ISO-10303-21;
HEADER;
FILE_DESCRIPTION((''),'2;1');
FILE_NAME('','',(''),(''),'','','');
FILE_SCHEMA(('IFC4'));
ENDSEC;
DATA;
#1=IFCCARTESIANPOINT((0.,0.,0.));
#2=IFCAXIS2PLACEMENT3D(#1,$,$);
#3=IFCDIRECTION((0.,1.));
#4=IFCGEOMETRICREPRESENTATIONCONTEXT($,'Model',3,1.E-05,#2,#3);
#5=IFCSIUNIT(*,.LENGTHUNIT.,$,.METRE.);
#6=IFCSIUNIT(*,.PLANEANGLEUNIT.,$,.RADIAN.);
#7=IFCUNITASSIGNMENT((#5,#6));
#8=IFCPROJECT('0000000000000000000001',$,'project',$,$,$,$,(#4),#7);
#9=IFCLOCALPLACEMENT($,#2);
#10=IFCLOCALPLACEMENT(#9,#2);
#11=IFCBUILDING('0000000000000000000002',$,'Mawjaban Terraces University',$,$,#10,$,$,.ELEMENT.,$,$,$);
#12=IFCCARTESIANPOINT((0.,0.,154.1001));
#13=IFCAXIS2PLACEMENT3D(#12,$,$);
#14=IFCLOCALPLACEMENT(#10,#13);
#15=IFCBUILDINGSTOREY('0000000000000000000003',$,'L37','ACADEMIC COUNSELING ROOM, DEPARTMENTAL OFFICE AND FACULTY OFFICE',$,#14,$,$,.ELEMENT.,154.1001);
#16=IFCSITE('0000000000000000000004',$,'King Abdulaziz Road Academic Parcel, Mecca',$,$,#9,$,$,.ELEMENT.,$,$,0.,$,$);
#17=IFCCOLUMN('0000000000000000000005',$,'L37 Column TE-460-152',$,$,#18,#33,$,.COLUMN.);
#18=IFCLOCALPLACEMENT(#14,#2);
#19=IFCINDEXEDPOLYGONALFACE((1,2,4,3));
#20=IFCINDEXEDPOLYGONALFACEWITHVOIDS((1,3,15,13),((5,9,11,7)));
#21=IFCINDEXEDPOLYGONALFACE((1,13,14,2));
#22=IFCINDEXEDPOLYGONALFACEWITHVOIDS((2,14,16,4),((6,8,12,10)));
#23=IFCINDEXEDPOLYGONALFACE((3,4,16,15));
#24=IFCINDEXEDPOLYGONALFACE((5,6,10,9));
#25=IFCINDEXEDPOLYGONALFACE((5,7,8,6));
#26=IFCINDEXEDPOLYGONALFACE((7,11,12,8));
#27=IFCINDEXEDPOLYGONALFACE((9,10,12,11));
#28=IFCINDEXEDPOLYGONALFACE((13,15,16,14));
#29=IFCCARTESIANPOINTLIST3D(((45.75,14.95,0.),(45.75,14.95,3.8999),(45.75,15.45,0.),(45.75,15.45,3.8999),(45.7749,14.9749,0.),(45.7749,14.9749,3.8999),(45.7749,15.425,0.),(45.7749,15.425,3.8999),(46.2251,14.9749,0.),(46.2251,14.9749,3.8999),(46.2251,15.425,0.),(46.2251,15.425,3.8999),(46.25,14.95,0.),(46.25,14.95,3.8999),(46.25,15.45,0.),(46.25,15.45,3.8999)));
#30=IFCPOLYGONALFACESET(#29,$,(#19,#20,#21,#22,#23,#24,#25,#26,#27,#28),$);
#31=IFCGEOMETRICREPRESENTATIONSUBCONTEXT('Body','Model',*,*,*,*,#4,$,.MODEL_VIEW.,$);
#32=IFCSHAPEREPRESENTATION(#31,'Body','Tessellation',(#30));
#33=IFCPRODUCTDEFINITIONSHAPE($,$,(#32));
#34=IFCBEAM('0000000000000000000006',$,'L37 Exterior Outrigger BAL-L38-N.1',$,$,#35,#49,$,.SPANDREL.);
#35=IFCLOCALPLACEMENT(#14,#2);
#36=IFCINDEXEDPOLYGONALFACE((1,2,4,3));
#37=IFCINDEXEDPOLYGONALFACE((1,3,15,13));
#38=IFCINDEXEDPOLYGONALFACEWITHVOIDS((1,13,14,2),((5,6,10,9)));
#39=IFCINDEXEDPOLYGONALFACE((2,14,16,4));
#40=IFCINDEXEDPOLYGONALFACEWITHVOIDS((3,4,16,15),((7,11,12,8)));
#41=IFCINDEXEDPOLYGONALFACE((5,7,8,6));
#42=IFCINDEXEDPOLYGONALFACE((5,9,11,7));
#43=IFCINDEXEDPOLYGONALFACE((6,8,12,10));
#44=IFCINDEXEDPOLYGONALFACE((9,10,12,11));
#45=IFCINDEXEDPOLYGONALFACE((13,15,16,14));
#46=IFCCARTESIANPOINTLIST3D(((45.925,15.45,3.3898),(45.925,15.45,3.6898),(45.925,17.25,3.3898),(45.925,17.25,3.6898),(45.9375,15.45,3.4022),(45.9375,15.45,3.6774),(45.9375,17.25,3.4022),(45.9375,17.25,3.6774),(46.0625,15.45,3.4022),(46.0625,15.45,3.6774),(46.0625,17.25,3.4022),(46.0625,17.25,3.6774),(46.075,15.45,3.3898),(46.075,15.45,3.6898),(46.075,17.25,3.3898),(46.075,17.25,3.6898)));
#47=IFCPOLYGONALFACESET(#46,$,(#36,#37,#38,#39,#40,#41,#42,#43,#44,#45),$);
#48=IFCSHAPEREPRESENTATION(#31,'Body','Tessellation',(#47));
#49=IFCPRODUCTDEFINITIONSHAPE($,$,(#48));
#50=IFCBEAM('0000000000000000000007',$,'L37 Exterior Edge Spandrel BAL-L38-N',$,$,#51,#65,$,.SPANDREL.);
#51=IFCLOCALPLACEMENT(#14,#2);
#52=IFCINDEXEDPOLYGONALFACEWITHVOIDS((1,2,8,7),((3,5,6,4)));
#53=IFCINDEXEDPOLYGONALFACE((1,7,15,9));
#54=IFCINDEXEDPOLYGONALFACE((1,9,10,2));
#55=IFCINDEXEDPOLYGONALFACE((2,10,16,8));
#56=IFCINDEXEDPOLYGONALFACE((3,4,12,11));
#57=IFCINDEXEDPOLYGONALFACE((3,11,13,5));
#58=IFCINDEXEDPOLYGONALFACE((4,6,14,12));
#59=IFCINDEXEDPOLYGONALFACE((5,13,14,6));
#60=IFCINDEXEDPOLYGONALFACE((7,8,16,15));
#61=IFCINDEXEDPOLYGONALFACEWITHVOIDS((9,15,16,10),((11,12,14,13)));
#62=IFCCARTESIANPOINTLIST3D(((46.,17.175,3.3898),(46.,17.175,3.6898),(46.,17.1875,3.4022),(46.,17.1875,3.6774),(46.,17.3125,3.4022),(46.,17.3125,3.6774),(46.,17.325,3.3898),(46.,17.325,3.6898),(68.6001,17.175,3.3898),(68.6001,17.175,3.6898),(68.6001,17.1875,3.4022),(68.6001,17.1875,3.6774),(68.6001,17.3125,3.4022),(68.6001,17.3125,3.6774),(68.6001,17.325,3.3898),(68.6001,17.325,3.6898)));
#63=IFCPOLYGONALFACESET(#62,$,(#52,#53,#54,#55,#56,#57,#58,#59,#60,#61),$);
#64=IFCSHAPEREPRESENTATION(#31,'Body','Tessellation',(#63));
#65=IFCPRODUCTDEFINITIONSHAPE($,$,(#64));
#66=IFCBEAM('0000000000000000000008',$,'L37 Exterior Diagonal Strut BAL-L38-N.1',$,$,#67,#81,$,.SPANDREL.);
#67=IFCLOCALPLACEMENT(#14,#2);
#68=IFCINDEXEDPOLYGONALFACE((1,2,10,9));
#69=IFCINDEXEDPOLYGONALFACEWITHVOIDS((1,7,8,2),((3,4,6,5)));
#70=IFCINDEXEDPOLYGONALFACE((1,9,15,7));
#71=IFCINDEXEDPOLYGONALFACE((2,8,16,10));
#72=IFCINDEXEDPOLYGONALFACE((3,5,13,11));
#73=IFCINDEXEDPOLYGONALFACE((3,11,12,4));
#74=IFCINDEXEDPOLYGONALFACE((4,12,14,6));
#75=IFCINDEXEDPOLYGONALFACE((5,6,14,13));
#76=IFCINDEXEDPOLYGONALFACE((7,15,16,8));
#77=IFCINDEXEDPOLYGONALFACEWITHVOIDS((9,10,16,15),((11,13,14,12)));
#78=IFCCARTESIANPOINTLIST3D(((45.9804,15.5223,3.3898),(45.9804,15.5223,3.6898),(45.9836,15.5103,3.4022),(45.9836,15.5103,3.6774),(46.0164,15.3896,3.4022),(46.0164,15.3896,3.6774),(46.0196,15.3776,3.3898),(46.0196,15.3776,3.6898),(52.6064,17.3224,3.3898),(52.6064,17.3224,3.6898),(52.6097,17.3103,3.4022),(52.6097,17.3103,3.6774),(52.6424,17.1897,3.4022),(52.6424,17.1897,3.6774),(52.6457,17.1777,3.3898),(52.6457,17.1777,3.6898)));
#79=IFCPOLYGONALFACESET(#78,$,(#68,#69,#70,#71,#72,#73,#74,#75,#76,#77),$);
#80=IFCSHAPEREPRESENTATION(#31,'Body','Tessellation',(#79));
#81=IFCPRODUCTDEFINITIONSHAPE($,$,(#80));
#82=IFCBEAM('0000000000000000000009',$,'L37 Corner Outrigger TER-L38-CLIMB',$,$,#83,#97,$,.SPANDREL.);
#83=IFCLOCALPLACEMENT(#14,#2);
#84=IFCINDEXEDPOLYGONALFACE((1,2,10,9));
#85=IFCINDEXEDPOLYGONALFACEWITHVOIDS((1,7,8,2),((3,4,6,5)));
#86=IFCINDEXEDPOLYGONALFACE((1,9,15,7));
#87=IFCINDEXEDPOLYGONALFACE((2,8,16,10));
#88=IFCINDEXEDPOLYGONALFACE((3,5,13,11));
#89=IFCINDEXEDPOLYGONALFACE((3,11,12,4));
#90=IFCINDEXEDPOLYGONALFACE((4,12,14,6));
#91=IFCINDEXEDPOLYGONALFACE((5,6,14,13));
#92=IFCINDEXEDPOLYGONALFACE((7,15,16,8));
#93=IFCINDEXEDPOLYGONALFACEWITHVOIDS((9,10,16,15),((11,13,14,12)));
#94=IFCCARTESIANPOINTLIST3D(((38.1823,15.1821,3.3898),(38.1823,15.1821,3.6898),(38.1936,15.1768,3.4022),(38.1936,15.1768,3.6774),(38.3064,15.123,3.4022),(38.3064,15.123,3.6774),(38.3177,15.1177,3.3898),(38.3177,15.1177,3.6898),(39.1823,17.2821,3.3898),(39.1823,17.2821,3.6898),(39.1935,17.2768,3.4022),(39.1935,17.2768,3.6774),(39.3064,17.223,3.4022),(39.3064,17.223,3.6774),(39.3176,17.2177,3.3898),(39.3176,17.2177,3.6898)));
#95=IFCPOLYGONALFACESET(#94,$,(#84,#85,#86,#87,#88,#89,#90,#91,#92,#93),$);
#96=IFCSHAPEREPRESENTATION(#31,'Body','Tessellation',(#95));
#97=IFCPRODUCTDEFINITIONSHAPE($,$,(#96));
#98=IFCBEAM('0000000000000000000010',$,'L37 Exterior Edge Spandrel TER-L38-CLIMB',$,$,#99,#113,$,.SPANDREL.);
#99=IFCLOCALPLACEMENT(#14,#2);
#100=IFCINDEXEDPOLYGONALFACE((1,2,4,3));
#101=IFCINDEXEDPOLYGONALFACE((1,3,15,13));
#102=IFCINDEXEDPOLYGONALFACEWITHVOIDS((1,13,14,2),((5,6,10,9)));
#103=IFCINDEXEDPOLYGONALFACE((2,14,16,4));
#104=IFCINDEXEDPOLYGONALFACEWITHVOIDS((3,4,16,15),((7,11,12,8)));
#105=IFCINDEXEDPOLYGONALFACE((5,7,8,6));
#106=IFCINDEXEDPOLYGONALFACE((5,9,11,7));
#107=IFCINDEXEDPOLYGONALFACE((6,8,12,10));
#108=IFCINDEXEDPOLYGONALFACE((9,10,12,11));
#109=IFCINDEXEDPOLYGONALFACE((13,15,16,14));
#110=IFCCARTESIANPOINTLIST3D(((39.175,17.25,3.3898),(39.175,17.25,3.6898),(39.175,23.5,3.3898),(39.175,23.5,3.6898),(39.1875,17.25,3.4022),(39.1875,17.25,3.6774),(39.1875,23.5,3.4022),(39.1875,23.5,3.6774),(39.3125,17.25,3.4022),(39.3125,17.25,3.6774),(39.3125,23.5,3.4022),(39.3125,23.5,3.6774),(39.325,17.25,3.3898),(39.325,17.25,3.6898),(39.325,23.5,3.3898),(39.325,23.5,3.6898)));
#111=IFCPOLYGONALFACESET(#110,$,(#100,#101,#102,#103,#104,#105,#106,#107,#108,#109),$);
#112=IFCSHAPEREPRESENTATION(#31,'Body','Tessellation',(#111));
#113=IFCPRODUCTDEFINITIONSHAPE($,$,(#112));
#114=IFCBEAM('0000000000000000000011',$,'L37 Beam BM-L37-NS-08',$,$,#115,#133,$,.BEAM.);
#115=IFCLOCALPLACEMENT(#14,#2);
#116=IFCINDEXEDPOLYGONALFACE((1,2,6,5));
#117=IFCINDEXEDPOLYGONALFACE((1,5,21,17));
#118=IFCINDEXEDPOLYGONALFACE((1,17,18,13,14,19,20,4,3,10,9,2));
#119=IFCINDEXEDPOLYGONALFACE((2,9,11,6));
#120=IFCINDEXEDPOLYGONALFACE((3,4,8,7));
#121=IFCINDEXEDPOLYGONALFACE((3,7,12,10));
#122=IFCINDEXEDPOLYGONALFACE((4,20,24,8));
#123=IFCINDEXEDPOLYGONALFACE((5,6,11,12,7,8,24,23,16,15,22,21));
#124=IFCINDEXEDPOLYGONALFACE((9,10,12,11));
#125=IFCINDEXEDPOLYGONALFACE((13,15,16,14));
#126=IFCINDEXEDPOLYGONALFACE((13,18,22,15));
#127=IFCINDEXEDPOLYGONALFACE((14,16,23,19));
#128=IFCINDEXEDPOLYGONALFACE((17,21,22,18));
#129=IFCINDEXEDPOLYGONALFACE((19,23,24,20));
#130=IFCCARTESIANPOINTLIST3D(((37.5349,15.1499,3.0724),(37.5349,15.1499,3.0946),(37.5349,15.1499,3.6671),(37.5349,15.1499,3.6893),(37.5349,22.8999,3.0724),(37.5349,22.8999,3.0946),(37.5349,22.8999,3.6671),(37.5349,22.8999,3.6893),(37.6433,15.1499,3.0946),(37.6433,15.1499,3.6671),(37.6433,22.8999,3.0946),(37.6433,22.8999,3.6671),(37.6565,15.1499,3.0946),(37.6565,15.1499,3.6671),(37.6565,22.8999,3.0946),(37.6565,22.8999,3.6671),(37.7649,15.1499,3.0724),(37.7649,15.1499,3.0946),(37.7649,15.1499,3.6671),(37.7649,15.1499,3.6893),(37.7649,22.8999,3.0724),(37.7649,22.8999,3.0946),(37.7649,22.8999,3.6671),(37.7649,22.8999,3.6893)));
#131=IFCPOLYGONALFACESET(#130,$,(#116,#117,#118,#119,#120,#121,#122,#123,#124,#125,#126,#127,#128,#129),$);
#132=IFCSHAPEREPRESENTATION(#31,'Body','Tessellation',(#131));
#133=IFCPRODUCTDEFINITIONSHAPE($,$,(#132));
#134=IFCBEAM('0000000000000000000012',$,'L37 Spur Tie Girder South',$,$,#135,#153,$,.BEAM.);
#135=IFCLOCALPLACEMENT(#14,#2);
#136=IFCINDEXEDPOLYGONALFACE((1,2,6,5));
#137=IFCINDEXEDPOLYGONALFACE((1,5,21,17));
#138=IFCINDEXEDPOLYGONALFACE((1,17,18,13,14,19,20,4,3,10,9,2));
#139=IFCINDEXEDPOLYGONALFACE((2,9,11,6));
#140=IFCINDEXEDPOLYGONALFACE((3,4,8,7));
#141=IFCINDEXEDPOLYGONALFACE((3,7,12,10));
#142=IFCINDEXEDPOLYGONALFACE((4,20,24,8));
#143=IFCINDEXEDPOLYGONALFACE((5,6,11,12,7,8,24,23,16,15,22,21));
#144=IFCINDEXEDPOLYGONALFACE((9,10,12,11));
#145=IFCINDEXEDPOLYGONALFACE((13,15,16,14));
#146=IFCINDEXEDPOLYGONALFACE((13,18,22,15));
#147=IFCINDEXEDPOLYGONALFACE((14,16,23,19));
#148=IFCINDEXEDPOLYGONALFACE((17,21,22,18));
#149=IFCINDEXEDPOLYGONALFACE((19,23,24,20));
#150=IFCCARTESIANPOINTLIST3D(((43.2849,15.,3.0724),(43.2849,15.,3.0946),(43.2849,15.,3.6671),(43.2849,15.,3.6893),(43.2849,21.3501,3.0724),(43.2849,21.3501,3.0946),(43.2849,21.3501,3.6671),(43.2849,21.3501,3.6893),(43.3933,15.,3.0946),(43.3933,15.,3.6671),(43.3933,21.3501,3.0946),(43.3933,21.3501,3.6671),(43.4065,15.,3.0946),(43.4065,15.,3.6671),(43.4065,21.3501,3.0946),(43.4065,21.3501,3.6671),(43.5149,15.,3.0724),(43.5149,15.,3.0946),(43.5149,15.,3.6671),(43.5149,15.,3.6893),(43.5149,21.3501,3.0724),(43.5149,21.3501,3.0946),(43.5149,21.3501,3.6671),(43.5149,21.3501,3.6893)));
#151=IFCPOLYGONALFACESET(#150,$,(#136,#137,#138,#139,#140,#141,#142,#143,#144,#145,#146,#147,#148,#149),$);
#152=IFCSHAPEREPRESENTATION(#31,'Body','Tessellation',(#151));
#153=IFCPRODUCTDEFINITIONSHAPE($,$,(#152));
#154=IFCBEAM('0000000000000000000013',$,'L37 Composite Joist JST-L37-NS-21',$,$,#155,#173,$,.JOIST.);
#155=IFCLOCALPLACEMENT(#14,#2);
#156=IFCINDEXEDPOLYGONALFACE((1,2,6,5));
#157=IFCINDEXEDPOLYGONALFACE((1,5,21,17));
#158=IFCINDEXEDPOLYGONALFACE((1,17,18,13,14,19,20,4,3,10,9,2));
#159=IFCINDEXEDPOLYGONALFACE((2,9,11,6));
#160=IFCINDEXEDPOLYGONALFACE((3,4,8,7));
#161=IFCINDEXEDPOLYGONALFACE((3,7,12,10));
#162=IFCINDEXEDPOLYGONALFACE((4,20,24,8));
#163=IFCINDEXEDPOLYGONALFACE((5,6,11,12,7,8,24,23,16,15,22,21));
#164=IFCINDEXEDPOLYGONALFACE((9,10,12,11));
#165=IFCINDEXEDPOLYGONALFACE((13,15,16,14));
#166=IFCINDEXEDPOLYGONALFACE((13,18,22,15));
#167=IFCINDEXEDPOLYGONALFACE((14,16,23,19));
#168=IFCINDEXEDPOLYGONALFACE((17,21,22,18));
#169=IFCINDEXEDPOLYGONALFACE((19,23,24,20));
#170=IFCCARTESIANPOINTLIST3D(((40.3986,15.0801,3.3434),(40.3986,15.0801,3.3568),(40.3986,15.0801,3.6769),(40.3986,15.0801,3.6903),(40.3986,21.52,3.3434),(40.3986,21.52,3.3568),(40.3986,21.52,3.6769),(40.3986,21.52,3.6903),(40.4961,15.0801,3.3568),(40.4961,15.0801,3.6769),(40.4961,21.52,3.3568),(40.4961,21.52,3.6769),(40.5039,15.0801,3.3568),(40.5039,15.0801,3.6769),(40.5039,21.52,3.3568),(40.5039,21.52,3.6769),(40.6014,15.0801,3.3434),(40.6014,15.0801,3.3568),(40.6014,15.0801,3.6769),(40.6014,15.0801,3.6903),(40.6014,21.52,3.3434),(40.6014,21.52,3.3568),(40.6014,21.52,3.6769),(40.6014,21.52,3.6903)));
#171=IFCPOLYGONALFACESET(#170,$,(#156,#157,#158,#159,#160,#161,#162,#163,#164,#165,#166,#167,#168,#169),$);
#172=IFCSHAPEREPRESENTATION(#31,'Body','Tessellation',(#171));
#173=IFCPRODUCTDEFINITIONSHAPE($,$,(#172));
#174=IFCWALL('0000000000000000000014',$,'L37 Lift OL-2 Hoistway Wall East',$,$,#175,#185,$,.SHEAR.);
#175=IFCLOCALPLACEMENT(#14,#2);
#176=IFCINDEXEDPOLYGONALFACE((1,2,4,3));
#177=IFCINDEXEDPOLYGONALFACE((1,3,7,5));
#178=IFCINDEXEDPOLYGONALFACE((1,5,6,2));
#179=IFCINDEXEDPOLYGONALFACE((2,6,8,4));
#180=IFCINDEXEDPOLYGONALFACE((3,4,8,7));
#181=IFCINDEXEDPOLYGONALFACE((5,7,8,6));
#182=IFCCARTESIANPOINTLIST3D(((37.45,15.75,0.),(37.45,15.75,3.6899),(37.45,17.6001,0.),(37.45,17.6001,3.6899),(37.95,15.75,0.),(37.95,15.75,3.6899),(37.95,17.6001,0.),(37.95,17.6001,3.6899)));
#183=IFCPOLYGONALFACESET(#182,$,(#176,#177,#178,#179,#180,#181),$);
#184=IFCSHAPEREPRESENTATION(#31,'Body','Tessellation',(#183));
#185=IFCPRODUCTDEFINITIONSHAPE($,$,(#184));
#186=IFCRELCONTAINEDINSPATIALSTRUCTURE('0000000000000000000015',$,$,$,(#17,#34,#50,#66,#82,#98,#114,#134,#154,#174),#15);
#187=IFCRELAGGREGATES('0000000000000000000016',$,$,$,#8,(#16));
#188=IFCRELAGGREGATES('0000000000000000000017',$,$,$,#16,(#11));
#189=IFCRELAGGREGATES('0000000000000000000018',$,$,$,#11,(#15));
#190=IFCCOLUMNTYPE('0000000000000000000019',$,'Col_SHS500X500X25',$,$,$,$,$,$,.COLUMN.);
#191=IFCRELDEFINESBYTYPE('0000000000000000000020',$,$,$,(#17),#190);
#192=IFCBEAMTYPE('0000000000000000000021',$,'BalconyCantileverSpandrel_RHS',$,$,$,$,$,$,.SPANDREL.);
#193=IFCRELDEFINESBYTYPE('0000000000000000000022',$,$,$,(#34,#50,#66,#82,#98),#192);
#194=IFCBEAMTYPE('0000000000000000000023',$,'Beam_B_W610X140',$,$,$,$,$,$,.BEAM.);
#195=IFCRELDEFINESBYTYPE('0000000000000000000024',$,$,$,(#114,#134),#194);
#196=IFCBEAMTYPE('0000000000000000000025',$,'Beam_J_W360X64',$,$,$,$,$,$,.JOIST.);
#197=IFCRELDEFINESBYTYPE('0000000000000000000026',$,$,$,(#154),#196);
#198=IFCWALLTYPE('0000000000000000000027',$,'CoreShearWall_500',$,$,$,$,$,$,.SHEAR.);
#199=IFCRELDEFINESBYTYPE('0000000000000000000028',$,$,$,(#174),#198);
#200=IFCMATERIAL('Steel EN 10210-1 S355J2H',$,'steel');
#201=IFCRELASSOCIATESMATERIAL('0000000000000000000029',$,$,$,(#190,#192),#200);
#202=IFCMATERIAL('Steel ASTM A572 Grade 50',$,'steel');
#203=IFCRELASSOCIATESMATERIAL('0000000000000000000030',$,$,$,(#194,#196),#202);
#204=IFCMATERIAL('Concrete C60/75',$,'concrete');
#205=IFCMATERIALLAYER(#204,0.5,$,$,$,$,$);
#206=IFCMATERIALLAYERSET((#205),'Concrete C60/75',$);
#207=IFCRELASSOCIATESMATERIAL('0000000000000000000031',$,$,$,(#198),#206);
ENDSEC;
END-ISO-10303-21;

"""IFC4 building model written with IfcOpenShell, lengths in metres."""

from ifc_helpers import new_model, si_unit, direction, frame, frame_2d, origin, origin_2d, place, context, subcontext, project, spatial, rectangle, hollow_rectangle, i_section, extrude, material, layer, layer_set, material_profile, profile_set, type_object, element, save


model = new_model("IFC4")

# Units and contexts
model_context = context("Model", 3, precision=1e-05, world=origin(), true_north=direction((0.0, 1.0)))
body_context = subcontext(model_context, "Body", "Model", "MODEL_VIEW")
ifc_project = project(units=[si_unit("LENGTHUNIT", "METRE"), si_unit("PLANEANGLEUNIT", "RADIAN")], contexts=[model_context])

# Site, building, storey
site_placement = place(None, origin())
site = spatial("IfcSite", under=ifc_project, at=site_placement, Name="King Abdulaziz Road Academic Parcel, Mecca", CompositionType="ELEMENT", RefElevation=0.0)
building_placement = place(site_placement, origin())
building = spatial("IfcBuilding", under=site, at=building_placement, Name="Mawjaban Terraces University", CompositionType="ELEMENT")
storey_placement = place(building_placement, frame((0.0, 0.0, 154.1001)))
storey = spatial("IfcBuildingStorey", under=building, at=storey_placement, Name="L37", Description="ACADEMIC COUNSELING ROOM, DEPARTMENTAL OFFICE AND FACULTY OFFICE", CompositionType="ELEMENT", Elevation=154.1001)

# Column
ifc_material_1 = material(Name="Steel EN 10210-1 S355J2H", Category="steel")
ifc_material_profile_1 = material_profile(ifc_material_1, hollow_rectangle(XDim=0.5, YDim=0.5, WallThickness=0.0249, at=origin_2d()), Name="SHS500X500X25")
ifc_profile_set_1 = profile_set([ifc_material_profile_1], Name="Steel EN 10210-1 S355J2H")
column_type = type_object("IfcColumnType", Name="Col_SHS500X500X25", PredefinedType="COLUMN", material=ifc_profile_set_1)
column_placement = place(storey_placement, frame((46.0, 15.2, 0.0), z_axis=(0.0, 0.0, 1.0), x_axis=(1.0, 0.0, 0.0)))
element("IfcColumn", 1, at=column_placement, inside=storey, type_object=column_type, Name="L37 Column TE-460-152", PredefinedType="COLUMN", context=body_context, shape_type="SweptSolid", body=[
    extrude(hollow_rectangle(XDim=0.5, YDim=0.5, WallThickness=0.0249, at=origin_2d()), origin(), (0.0, 0.0, 1.0), 3.8999),
])

# Beams
ifc_material_profile_2 = material_profile(ifc_material_1, hollow_rectangle(XDim=0.1499, YDim=0.3, WallThickness=0.0125, at=origin_2d()), Name="RHS300X150X12.5")
ifc_profile_set_2 = profile_set([ifc_material_profile_2], Name="Steel EN 10210-1 S355J2H")
beam_type_1 = type_object("IfcBeamType", Name="BalconyCantileverSpandrel_RHS", PredefinedType="SPANDREL", material=ifc_profile_set_2)
beam_1_placement = place(storey_placement, frame((46.0, 15.45, 3.5398), z_axis=(0.0, 1.0, 0.0), x_axis=(-1.0, 0.0, 0.0)))
element("IfcBeam", 2, at=beam_1_placement, inside=storey, type_object=beam_type_1, Name="L37 Exterior Outrigger BAL-L38-N.1", PredefinedType="SPANDREL", context=body_context, shape_type="SweptSolid", body=[
    extrude(hollow_rectangle(XDim=0.1499, YDim=0.3, WallThickness=0.0125, at=origin_2d()), origin(), (0.0, 0.0, 1.0), 1.8),
])
beam_2_placement = place(storey_placement, frame((46.0, 17.25, 3.5398), z_axis=(1.0, 0.0, 0.0), x_axis=(0.0, 1.0, 0.0)))
element("IfcBeam", 3, at=beam_2_placement, inside=storey, type_object=beam_type_1, Name="L37 Exterior Edge Spandrel BAL-L38-N", PredefinedType="SPANDREL", context=body_context, shape_type="SweptSolid", body=[
    extrude(hollow_rectangle(XDim=0.1499, YDim=0.3, WallThickness=0.0125, at=origin_2d()), origin(), (0.0, 0.0, 1.0), 22.6001),
])
beam_3_placement = place(storey_placement, frame((46.0, 15.45, 3.5398), z_axis=(0.965023, 0.262164, 0.0), x_axis=(-0.262164, 0.965023, 0.0)))
element("IfcBeam", 4, at=beam_3_placement, inside=storey, type_object=beam_type_1, Name="L37 Exterior Diagonal Strut BAL-L38-N.1", PredefinedType="SPANDREL", context=body_context, shape_type="SweptSolid", body=[
    extrude(hollow_rectangle(XDim=0.1499, YDim=0.3, WallThickness=0.0125, at=origin_2d()), origin(), (0.0, 0.0, 1.0), 6.8662),
])
beam_4_placement = place(storey_placement, frame((38.25, 15.1499, 3.5398), z_axis=(0.429917, 0.902868, 0.0), x_axis=(-0.902868, 0.429917, 0.0)))
element("IfcBeam", 5, at=beam_4_placement, inside=storey, type_object=beam_type_1, Name="L37 Corner Outrigger TER-L38-CLIMB", PredefinedType="SPANDREL", context=body_context, shape_type="SweptSolid", body=[
    extrude(hollow_rectangle(XDim=0.1499, YDim=0.3, WallThickness=0.0125, at=origin_2d()), origin(), (0.0, 0.0, 1.0), 2.3259),
])
beam_5_placement = place(storey_placement, frame((39.25, 17.25, 3.5398), z_axis=(0.0, 1.0, 0.0), x_axis=(-1.0, 0.0, 0.0)))
element("IfcBeam", 6, at=beam_5_placement, inside=storey, type_object=beam_type_1, Name="L37 Exterior Edge Spandrel TER-L38-CLIMB", PredefinedType="SPANDREL", context=body_context, shape_type="SweptSolid", body=[
    extrude(hollow_rectangle(XDim=0.1499, YDim=0.3, WallThickness=0.0125, at=origin_2d()), origin(), (0.0, 0.0, 1.0), 6.25),
])
ifc_material_2 = material(Name="Steel ASTM A572 Grade 50", Category="steel")
ifc_material_profile_3 = material_profile(ifc_material_2, i_section(OverallWidth=0.23, OverallDepth=0.6169, WebThickness=0.0132, FlangeThickness=0.0222, at=origin_2d()), Name="W610X140")
ifc_profile_set_3 = profile_set([ifc_material_profile_3], Name="Steel ASTM A572 Grade 50")
beam_type_2 = type_object("IfcBeamType", Name="Beam_B_W610X140", PredefinedType="BEAM", material=ifc_profile_set_3)
beam_6_placement = place(storey_placement, frame((37.6499, 15.1499, 3.3809), z_axis=(0.0, 1.0, 0.0), x_axis=(-1.0, 0.0, 0.0)))
element("IfcBeam", 7, at=beam_6_placement, inside=storey, type_object=beam_type_2, Name="L37 Beam BM-L37-NS-08", PredefinedType="BEAM", context=body_context, shape_type="SweptSolid", body=[
    extrude(i_section(OverallWidth=0.23, OverallDepth=0.6169, WebThickness=0.0132, FlangeThickness=0.0222, at=origin_2d()), origin(), (0.0, 0.0, 1.0), 7.75),
])
beam_7_placement = place(storey_placement, frame((43.3999, 15.0, 3.3809), z_axis=(0.0, 1.0, 0.0), x_axis=(-1.0, 0.0, 0.0)))
element("IfcBeam", 8, at=beam_7_placement, inside=storey, type_object=beam_type_2, Name="L37 Spur Tie Girder South", PredefinedType="BEAM", context=body_context, shape_type="SweptSolid", body=[
    extrude(i_section(OverallWidth=0.23, OverallDepth=0.6169, WebThickness=0.0132, FlangeThickness=0.0222, at=origin_2d()), origin(), (0.0, 0.0, 1.0), 6.3501),
])
ifc_material_profile_4 = material_profile(ifc_material_2, i_section(OverallWidth=0.2029, OverallDepth=0.3469, WebThickness=0.0078, FlangeThickness=0.0134, at=origin_2d()), Name="W360X64")
ifc_profile_set_4 = profile_set([ifc_material_profile_4], Name="Steel ASTM A572 Grade 50")
beam_type_3 = type_object("IfcBeamType", Name="Beam_J_W360X64", PredefinedType="JOIST", material=ifc_profile_set_4)
beam_8_placement = place(storey_placement, frame((40.5, 15.0801, 3.5168), z_axis=(0.0, 1.0, 0.0), x_axis=(-1.0, 0.0, 0.0)))
element("IfcBeam", 9, at=beam_8_placement, inside=storey, type_object=beam_type_3, Name="L37 Composite Joist JST-L37-NS-21", PredefinedType="JOIST", context=body_context, shape_type="SweptSolid", body=[
    extrude(i_section(OverallWidth=0.2029, OverallDepth=0.3469, WebThickness=0.0078, FlangeThickness=0.0134, at=origin_2d()), origin(), (0.0, 0.0, 1.0), 6.4399),
])

# Wall
ifc_material_3 = material(Name="Concrete C60/75", Category="concrete")
ifc_layer_1 = layer(ifc_material_3, 0.5)
ifc_layer_set_1 = layer_set([ifc_layer_1], Name="Concrete C60/75")
wall_type_1 = type_object("IfcWallType", Name="CoreShearWall_500", PredefinedType="SHEAR", material=ifc_layer_set_1)
wall_1_placement = place(storey_placement, frame((37.7, 15.75, 0.0), z_axis=(0.0, 0.0, 1.0), x_axis=(0.0, 1.0, 0.0)))
element("IfcWall", 10, at=wall_1_placement, inside=storey, type_object=wall_type_1, Name="L37 Lift OL-2 Hoistway Wall East", PredefinedType="SHEAR", context=body_context, shape_type="SweptSolid", body=[
    extrude(rectangle(XDim=1.8501, YDim=0.5, at=frame_2d((0.925, 0.0))), origin(), (0.0, 0.0, 1.0), 3.6899),
])

save(model, "model.ifc")
